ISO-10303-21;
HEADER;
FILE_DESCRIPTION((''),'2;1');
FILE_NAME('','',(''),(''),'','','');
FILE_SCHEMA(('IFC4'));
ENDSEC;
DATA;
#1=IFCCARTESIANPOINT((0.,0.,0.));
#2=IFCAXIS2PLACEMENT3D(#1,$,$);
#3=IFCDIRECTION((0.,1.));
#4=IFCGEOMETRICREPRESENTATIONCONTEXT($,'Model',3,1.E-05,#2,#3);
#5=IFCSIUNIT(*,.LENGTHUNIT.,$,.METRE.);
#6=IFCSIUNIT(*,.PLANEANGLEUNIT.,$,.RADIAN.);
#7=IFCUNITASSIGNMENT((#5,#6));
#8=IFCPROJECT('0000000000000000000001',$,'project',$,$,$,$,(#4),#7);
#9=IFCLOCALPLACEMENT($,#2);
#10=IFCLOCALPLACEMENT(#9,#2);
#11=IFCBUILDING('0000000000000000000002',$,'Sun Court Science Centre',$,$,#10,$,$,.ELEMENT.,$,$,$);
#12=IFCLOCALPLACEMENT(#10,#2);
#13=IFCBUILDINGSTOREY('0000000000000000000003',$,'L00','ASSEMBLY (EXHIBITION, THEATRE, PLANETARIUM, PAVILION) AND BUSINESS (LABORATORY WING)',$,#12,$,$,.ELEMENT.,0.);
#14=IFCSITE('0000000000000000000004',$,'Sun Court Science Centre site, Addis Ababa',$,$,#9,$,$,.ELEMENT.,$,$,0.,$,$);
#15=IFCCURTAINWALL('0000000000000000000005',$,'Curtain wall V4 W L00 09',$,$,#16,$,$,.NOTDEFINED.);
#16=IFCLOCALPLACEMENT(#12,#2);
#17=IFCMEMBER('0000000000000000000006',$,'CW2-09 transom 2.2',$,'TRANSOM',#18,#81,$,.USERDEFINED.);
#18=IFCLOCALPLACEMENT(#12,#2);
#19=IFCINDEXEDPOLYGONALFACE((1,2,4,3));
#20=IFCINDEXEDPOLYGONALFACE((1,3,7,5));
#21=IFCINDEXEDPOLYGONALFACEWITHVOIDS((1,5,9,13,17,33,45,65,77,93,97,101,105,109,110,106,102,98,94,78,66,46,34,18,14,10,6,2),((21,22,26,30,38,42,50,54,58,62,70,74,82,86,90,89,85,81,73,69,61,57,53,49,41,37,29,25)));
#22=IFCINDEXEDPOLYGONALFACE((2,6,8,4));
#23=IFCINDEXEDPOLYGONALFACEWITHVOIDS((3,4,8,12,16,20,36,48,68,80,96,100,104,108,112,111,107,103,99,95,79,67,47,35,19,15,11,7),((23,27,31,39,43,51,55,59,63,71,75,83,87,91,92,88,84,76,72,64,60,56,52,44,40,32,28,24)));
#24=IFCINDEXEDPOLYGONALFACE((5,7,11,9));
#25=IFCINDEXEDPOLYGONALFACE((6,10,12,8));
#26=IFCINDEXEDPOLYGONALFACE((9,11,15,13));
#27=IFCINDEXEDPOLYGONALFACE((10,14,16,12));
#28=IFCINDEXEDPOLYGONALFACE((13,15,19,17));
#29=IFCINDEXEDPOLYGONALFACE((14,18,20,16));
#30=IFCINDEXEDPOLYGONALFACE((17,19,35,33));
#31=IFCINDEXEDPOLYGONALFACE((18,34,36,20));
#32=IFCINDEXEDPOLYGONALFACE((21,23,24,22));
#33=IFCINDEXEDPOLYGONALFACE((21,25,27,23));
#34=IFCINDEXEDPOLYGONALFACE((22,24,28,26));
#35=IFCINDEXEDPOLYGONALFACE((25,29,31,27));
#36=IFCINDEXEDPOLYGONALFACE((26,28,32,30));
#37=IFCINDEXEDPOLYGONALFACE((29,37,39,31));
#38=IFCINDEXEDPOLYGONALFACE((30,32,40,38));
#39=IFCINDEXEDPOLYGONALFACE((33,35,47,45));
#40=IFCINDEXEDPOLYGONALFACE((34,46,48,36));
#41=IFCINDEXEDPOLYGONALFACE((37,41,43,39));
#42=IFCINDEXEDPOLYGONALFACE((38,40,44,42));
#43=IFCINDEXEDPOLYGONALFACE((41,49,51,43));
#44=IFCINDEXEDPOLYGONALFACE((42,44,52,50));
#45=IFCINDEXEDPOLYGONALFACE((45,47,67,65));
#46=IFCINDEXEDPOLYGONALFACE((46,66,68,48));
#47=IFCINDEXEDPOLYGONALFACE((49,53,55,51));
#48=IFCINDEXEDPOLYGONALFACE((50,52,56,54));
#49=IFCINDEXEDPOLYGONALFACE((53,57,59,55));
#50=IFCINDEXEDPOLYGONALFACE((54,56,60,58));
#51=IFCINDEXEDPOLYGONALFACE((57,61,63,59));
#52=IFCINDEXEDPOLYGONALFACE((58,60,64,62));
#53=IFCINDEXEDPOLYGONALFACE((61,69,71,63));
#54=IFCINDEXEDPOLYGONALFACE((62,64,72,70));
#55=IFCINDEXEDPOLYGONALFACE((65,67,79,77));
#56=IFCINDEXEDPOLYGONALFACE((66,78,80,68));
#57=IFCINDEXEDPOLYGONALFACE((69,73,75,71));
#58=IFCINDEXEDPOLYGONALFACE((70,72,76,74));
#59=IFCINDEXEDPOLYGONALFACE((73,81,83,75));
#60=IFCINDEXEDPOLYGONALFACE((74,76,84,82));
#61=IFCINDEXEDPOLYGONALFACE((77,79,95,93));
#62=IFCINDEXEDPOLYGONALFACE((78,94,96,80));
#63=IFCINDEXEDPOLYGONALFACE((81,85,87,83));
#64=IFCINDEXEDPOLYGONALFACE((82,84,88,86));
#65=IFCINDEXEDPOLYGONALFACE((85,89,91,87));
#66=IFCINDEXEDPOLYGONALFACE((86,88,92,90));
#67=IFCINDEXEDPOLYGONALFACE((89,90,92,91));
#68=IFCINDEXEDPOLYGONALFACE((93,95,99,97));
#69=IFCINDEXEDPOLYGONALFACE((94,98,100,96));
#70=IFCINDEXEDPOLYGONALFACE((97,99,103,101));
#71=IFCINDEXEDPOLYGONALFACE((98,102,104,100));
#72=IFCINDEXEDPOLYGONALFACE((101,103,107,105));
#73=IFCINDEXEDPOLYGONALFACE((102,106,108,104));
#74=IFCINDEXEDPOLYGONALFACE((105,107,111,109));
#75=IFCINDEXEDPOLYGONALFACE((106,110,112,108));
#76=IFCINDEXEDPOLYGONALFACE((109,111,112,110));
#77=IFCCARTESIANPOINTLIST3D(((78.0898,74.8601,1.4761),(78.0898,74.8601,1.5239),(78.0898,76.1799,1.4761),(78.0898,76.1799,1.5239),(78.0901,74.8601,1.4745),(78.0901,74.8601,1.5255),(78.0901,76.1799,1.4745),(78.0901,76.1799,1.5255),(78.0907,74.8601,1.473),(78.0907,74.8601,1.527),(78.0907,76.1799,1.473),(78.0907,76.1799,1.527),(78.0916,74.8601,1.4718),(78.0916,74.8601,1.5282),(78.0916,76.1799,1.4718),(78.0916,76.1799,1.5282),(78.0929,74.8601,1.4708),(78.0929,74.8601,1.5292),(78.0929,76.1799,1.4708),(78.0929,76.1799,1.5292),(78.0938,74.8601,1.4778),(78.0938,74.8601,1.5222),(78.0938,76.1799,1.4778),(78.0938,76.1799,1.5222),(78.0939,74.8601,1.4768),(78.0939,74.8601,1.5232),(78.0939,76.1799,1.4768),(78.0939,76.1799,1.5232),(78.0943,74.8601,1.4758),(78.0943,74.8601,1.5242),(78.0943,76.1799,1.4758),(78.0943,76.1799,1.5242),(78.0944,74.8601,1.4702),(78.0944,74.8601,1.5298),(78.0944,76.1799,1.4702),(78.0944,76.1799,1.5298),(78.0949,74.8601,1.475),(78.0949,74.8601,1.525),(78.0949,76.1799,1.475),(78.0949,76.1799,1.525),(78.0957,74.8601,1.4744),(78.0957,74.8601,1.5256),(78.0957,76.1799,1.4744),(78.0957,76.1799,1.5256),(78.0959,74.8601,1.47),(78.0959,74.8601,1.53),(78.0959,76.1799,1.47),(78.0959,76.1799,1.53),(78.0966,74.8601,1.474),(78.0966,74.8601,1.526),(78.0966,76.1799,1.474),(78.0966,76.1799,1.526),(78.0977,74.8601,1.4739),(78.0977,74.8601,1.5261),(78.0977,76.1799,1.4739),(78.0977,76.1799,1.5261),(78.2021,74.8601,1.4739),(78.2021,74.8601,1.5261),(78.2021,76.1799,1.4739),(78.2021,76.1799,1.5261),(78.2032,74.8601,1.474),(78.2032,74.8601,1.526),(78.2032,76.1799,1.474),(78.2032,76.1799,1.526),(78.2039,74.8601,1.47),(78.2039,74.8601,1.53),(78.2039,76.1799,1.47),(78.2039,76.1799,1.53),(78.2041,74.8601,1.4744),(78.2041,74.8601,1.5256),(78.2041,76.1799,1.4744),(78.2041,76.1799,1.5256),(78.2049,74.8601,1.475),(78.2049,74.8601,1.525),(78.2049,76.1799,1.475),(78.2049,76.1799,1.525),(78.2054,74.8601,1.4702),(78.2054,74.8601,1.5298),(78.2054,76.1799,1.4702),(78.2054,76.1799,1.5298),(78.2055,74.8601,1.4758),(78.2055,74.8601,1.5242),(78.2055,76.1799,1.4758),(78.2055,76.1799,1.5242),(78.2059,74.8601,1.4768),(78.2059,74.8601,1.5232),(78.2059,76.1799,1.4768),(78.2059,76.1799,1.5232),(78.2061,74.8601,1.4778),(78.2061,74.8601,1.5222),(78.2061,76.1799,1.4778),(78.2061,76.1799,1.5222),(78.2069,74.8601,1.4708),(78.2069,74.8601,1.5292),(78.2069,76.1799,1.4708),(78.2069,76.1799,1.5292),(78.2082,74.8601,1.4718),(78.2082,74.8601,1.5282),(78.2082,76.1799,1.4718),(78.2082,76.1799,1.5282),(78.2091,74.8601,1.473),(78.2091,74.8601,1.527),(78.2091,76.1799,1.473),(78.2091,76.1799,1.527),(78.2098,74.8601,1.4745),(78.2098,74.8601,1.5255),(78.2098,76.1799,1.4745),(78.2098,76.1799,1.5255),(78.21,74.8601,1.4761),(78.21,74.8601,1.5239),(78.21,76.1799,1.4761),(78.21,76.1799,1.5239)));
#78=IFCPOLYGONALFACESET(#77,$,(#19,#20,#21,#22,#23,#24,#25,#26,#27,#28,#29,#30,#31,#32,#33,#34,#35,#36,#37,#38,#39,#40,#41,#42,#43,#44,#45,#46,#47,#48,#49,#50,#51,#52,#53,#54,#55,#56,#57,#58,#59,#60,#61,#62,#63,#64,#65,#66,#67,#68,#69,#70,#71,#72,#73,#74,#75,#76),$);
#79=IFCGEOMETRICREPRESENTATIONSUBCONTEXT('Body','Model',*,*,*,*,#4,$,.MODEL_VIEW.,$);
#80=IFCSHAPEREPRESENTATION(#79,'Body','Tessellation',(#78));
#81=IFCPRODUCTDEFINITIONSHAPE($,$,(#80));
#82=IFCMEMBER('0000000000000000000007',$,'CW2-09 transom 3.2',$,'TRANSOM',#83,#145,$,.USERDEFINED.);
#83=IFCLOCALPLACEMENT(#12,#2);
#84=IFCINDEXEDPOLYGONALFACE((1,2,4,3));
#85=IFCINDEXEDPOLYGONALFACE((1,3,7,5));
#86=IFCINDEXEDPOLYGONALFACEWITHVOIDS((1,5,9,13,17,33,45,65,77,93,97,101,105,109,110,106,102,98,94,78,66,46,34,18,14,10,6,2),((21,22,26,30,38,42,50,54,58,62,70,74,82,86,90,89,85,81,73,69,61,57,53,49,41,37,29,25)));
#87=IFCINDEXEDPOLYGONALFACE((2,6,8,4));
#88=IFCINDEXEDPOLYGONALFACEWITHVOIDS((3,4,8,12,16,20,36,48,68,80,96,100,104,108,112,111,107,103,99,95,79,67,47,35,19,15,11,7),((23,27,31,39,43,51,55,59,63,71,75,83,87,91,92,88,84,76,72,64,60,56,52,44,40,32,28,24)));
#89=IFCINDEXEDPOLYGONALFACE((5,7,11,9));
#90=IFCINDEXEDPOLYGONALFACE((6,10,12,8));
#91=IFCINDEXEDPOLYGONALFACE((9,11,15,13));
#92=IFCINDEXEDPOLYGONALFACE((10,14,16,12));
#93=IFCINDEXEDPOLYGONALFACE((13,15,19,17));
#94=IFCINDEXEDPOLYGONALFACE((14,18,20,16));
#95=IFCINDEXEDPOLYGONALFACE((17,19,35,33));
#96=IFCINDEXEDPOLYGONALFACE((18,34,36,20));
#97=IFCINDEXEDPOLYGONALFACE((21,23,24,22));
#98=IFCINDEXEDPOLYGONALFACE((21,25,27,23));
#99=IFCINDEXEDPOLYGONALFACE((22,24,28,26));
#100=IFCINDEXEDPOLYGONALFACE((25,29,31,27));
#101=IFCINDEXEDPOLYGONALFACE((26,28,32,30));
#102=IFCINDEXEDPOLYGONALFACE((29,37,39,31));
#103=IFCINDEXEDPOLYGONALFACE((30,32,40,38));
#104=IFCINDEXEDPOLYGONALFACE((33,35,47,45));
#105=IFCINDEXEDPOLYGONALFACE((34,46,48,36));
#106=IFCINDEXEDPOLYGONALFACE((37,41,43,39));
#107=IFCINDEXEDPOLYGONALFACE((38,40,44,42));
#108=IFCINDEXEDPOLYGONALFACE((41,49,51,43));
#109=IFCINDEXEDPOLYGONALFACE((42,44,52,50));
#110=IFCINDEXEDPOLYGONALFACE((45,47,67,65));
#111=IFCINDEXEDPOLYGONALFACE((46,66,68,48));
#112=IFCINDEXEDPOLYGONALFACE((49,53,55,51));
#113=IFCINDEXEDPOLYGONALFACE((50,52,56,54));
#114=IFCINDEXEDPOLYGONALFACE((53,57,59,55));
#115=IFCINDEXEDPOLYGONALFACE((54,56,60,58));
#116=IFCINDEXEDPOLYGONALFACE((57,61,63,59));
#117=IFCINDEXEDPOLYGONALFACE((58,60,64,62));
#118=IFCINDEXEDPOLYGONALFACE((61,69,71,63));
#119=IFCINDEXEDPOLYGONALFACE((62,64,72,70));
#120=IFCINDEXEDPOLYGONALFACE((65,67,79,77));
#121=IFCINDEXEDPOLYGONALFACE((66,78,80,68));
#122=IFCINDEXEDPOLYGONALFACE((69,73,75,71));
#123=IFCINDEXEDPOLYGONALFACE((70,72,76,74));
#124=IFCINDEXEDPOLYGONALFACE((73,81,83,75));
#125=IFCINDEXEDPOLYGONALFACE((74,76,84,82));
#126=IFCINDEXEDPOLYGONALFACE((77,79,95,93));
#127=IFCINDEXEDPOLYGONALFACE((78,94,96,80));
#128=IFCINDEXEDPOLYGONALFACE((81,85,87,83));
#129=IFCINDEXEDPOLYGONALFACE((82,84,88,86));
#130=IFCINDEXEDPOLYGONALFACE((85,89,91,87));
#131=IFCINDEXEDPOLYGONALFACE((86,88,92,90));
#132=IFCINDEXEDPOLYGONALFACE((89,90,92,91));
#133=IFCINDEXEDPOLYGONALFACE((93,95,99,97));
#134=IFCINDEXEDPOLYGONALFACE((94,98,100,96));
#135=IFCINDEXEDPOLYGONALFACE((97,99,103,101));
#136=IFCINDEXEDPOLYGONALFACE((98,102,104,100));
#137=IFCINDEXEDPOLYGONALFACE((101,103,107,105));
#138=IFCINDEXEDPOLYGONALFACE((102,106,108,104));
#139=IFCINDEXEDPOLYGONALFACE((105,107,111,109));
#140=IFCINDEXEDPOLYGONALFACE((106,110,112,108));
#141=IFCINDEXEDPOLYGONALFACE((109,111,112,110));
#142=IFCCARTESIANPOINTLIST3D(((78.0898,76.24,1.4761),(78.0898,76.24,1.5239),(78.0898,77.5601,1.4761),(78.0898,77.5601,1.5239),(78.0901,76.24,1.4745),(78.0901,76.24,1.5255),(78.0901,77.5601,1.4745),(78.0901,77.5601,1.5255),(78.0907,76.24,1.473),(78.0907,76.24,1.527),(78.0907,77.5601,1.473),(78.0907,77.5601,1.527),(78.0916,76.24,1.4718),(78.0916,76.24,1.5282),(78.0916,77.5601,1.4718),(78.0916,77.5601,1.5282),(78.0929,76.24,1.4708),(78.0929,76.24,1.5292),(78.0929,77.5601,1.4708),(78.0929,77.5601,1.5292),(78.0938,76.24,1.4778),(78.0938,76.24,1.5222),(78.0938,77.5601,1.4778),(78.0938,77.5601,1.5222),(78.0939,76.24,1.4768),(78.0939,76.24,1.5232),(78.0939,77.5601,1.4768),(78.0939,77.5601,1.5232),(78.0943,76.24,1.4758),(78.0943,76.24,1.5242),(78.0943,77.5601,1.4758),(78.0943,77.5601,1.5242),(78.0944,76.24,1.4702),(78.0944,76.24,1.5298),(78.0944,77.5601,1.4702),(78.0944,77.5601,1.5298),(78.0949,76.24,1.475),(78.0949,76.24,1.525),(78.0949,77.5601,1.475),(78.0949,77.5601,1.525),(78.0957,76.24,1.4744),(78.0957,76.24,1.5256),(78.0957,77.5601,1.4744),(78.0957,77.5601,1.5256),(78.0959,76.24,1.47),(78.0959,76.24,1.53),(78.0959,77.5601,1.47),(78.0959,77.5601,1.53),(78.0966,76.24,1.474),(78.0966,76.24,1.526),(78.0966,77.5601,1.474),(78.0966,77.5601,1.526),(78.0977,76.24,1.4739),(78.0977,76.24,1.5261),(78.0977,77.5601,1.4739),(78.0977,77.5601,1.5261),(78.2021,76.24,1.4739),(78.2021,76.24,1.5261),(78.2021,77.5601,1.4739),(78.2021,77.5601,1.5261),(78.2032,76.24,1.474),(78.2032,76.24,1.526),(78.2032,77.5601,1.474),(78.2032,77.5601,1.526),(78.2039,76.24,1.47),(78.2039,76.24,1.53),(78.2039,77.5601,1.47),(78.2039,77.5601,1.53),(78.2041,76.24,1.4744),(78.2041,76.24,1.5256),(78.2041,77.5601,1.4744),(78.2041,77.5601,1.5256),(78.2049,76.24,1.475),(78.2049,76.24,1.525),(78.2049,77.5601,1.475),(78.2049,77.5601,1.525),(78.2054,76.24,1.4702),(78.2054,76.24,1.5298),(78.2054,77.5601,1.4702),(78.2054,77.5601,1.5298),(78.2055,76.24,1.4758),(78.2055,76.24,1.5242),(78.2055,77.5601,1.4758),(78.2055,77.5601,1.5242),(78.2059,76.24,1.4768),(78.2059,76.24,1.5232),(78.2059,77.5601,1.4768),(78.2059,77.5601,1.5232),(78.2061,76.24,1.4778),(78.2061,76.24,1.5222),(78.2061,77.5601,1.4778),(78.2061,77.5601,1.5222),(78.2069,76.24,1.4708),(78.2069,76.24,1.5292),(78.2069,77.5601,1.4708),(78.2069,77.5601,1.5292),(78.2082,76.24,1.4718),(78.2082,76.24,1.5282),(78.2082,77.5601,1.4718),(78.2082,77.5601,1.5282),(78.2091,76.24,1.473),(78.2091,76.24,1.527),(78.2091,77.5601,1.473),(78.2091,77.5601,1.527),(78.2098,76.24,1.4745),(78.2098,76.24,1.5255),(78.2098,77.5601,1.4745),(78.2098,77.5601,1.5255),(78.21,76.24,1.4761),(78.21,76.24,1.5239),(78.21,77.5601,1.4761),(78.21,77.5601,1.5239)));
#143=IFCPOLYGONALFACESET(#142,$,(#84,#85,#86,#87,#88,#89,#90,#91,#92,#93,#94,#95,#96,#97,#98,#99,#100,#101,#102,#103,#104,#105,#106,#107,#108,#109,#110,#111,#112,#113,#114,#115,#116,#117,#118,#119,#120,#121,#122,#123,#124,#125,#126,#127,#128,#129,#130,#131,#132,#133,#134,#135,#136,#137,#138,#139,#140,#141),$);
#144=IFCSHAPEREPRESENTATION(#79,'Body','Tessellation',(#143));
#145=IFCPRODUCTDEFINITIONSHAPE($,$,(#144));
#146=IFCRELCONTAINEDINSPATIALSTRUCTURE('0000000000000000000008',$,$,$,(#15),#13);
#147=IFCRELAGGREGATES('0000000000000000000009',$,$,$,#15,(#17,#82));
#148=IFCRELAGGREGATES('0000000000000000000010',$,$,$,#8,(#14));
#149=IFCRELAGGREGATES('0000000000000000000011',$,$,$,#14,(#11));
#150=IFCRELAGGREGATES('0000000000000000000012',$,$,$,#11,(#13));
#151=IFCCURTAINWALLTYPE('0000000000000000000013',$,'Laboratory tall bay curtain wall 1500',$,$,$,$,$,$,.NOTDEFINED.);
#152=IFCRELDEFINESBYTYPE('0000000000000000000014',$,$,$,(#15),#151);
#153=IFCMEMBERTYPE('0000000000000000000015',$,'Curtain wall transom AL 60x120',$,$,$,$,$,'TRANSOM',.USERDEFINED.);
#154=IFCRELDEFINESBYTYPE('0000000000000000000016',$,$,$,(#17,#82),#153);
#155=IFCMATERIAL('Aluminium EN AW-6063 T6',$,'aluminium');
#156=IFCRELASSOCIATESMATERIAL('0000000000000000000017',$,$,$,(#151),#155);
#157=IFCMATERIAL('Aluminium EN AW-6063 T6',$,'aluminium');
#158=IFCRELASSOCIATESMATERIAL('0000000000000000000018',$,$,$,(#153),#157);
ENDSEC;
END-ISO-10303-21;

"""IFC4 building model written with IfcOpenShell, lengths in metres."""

from ifc_helpers import new_model, si_unit, direction, frame, origin, origin_2d, place, context, subcontext, project, spatial, hollow_rectangle, extrude, material, material_profile, profile_set, type_object, element, aggregate, save


model = new_model("IFC4")

# Units and contexts
model_context = context("Model", 3, precision=1e-05, world=origin(), true_north=direction((0.0, 1.0)))
body_context = subcontext(model_context, "Body", "Model", "MODEL_VIEW")
ifc_project = project(units=[si_unit("LENGTHUNIT", "METRE"), si_unit("PLANEANGLEUNIT", "RADIAN")], contexts=[model_context])

# Site, building, storey
site_placement = place(None, origin())
site = spatial("IfcSite", under=ifc_project, at=site_placement, Name="Sun Court Science Centre site, Addis Ababa", CompositionType="ELEMENT", RefElevation=0.0)
building_placement = place(site_placement, origin())
building = spatial("IfcBuilding", under=site, at=building_placement, Name="Sun Court Science Centre", CompositionType="ELEMENT")
storey_placement = place(building_placement, origin())
storey = spatial("IfcBuildingStorey", under=building, at=storey_placement, Name="L00", Description="ASSEMBLY (EXHIBITION, THEATRE, PLANETARIUM, PAVILION) AND BUSINESS (LABORATORY WING)", CompositionType="ELEMENT", Elevation=0.0)

# Curtain wall
ifc_material_1 = material(Name="Aluminium EN AW-6063 T6", Category="aluminium")
curtain_wall_type = type_object("IfcCurtainWallType", Name="Laboratory tall bay curtain wall 1500", PredefinedType="NOTDEFINED", material=ifc_material_1)
curtain_wall_1_placement = place(storey_placement, origin())
curtain_wall_1 = element("IfcCurtainWall", 1, at=curtain_wall_1_placement, inside=storey, type_object=curtain_wall_type, Name="Curtain wall V4 W L00 09", PredefinedType="NOTDEFINED")

# Members
ifc_material_2 = material(Name="Aluminium EN AW-6063 T6", Category="aluminium")
ifc_material_profile_1 = material_profile(ifc_material_2, hollow_rectangle(XDim=0.0601, YDim=0.1201, WallThickness=0.0039, InnerFilletRadius=0.0039, OuterFilletRadius=0.0061, at=origin_2d()), Name="AL 60x120x4")
ifc_profile_set_1 = profile_set([ifc_material_profile_1], Name="Aluminium EN AW-6063 T6")
member_type_1 = type_object("IfcMemberType", Name="Curtain wall transom AL 60x120", ElementType="TRANSOM", PredefinedType="USERDEFINED", material=ifc_profile_set_1)
member_1_placement = place(storey_placement, frame((78.1499, 74.8601, 1.5), z_axis=(0.0, 1.0, 0.0), x_axis=(0.0, 0.0, 1.0)))
member_1 = element("IfcMember", 2, at=member_1_placement, type_object=member_type_1, Name="CW2-09 transom 2.2", ObjectType="TRANSOM", PredefinedType="USERDEFINED", context=body_context, shape_type="SweptSolid", body=[
    extrude(hollow_rectangle(XDim=0.0601, YDim=0.1201, WallThickness=0.0039, InnerFilletRadius=0.0039, OuterFilletRadius=0.0061, at=origin_2d()), origin(), (0.0, 0.0, 1.0), 1.3198),
])
member_2_placement = place(storey_placement, frame((78.1499, 76.24, 1.5), z_axis=(0.0, 1.0, 0.0), x_axis=(0.0, 0.0, 1.0)))
member_2 = element("IfcMember", 3, at=member_2_placement, type_object=member_type_1, Name="CW2-09 transom 3.2", ObjectType="TRANSOM", PredefinedType="USERDEFINED", context=body_context, shape_type="SweptSolid", body=[
    extrude(hollow_rectangle(XDim=0.0601, YDim=0.1201, WallThickness=0.0039, InnerFilletRadius=0.0039, OuterFilletRadius=0.0061, at=origin_2d()), origin(), (0.0, 0.0, 1.0), 1.3201),
])

aggregate(curtain_wall_1, [member_1, member_2])

save(model, "model.ifc")
